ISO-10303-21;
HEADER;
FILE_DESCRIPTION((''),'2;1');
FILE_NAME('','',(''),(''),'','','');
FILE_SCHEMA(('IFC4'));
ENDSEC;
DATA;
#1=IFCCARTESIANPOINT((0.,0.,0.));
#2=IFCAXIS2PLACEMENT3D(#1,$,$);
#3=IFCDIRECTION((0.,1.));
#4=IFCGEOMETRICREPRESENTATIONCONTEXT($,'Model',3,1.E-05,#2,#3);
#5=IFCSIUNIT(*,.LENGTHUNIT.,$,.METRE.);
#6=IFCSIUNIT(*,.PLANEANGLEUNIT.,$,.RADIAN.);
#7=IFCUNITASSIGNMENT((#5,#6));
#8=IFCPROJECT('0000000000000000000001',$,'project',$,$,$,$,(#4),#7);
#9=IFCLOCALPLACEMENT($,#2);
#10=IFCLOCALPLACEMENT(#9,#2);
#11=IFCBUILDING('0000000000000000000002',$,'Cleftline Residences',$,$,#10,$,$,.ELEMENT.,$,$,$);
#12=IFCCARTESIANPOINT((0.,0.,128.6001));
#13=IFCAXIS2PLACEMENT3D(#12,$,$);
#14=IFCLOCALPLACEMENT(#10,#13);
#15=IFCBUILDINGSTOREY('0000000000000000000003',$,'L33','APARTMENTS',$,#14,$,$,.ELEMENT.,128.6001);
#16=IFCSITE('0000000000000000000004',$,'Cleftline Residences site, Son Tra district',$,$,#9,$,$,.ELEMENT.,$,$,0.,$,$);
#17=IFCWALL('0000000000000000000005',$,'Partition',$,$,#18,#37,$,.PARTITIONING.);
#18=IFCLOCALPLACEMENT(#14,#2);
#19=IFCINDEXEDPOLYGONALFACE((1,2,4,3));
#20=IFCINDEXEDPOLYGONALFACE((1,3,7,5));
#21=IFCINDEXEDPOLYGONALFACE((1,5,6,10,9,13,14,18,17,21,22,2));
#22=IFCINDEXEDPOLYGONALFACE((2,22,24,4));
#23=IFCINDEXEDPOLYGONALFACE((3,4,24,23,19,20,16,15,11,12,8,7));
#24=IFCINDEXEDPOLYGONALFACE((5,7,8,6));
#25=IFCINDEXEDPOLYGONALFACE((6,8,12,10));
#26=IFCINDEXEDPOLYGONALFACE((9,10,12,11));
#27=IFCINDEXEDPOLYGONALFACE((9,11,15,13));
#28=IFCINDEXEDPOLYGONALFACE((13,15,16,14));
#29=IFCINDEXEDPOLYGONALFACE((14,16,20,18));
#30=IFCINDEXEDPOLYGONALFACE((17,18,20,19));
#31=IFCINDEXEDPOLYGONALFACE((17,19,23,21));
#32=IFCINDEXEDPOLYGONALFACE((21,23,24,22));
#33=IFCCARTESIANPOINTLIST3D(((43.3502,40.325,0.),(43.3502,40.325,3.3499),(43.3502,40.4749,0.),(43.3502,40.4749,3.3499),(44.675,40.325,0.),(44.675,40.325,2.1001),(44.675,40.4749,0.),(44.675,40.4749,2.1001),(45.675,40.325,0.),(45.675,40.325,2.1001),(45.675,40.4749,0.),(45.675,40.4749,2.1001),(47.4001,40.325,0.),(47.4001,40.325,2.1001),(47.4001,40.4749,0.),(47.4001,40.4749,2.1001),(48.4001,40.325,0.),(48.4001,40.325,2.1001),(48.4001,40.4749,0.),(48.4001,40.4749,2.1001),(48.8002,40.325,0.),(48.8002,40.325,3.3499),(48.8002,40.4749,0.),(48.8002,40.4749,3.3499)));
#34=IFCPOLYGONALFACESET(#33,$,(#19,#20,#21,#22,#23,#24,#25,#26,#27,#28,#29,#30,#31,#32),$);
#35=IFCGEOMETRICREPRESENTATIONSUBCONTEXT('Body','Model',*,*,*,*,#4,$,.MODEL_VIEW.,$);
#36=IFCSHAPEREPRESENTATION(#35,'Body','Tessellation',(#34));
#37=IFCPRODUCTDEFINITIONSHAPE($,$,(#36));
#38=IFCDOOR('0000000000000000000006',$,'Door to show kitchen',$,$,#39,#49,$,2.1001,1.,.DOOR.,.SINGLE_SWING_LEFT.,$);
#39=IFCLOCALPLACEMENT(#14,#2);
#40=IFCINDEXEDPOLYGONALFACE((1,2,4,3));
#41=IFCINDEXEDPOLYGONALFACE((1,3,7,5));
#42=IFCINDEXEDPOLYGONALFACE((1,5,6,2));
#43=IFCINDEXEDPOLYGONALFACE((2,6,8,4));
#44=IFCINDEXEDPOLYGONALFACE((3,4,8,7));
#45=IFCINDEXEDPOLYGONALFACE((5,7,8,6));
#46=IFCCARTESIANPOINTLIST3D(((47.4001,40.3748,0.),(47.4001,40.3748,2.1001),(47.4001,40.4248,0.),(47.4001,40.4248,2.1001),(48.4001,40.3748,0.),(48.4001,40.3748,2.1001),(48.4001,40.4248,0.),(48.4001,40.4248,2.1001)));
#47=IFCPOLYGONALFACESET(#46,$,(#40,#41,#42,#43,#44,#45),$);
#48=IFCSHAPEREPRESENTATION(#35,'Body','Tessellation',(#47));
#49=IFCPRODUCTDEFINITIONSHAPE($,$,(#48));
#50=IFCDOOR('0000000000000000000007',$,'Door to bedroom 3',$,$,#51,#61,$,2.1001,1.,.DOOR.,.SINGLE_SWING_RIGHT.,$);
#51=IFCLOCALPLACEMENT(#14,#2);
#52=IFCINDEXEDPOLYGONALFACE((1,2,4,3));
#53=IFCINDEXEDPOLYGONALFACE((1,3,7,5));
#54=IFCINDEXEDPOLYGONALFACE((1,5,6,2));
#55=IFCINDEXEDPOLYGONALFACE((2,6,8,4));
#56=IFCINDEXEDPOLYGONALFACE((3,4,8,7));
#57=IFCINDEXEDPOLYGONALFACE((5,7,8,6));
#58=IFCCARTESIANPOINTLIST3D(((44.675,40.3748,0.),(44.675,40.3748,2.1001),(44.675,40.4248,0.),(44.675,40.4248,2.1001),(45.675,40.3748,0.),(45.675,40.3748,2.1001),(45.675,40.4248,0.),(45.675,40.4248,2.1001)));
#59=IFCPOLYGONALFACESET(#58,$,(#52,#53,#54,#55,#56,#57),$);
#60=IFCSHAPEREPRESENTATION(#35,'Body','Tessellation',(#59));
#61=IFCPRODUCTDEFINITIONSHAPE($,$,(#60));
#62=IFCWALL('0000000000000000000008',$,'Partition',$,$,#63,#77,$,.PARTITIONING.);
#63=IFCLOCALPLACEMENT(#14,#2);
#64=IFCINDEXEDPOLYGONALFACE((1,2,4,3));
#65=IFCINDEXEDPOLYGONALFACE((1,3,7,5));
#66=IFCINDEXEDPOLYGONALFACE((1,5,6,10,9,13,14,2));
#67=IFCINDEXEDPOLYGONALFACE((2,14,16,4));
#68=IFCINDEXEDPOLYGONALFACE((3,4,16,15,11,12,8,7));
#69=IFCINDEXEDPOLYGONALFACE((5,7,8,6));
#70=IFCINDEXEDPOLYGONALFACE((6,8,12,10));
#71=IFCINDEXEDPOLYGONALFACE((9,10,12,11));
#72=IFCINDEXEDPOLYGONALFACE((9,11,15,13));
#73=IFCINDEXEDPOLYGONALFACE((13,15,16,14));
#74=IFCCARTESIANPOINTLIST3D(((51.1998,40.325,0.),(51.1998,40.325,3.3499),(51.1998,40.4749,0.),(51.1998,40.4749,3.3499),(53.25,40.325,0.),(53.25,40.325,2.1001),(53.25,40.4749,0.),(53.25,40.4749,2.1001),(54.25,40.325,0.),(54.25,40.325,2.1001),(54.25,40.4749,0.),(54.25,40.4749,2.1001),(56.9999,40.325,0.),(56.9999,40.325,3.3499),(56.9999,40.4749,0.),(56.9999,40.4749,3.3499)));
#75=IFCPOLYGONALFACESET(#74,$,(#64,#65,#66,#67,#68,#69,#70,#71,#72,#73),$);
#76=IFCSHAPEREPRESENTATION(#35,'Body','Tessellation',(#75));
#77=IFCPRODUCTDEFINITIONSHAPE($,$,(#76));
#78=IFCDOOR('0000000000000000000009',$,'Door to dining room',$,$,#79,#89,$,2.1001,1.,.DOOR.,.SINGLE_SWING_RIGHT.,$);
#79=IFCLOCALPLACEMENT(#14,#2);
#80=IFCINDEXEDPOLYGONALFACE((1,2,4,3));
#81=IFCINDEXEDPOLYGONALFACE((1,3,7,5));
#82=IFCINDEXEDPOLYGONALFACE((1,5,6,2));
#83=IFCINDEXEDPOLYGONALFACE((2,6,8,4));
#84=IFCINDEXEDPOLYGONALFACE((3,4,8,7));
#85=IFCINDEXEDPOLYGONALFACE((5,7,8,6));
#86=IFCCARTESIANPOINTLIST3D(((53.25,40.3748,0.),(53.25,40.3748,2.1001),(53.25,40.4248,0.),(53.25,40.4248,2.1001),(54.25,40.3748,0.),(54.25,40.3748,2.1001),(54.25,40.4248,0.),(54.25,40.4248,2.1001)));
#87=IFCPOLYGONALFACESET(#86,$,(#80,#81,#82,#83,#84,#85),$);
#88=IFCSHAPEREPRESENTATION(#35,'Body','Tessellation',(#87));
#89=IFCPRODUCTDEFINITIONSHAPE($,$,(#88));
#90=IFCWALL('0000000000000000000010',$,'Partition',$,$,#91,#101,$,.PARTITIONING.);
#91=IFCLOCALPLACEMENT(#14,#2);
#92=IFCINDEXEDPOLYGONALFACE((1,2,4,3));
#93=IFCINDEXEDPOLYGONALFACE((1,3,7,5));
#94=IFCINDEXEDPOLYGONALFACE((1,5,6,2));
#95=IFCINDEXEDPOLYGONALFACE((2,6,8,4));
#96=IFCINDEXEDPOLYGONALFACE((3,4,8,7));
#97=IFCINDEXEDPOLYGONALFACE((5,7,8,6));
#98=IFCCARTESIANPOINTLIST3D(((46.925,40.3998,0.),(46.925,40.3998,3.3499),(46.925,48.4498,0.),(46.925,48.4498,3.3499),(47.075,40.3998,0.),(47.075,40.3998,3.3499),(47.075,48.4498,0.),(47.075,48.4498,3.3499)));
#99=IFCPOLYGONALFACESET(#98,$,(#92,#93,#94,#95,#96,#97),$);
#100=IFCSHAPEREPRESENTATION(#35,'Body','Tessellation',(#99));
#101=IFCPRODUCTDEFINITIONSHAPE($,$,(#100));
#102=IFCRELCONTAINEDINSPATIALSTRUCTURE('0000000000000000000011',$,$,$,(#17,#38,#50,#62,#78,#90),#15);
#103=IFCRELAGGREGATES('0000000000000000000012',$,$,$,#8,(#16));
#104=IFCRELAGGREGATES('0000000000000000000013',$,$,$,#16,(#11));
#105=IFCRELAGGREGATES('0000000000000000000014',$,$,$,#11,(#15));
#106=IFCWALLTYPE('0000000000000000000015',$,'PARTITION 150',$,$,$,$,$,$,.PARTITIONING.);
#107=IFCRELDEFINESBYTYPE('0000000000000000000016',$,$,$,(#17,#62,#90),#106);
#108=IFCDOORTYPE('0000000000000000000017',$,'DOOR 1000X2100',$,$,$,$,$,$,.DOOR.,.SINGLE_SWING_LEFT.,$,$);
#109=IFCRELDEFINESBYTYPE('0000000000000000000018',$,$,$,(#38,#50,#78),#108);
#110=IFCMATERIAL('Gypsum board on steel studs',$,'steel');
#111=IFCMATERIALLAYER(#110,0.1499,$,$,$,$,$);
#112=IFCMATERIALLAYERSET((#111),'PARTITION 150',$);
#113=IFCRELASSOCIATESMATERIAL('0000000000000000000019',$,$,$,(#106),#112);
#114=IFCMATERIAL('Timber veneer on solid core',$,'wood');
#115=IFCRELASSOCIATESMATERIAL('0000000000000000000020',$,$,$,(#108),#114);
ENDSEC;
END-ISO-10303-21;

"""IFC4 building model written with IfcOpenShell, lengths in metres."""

from ifc_helpers import new_model, si_unit, direction, frame, frame_2d, origin, place, context, subcontext, project, spatial, rectangle, extrude, material, layer, layer_set, type_object, element, fill, save


model = new_model("IFC4")

# Units and contexts
model_context = context("Model", 3, precision=1e-05, world=origin(), true_north=direction((0.0, 1.0)))
body_context = subcontext(model_context, "Body", "Model", "MODEL_VIEW")
ifc_project = project(units=[si_unit("LENGTHUNIT", "METRE"), si_unit("PLANEANGLEUNIT", "RADIAN")], contexts=[model_context])

# Site, building, storey
site_placement = place(None, origin())
site = spatial("IfcSite", under=ifc_project, at=site_placement, Name="Cleftline Residences site, Son Tra district", CompositionType="ELEMENT", RefElevation=0.0)
building_placement = place(site_placement, origin())
building = spatial("IfcBuilding", under=site, at=building_placement, Name="Cleftline Residences", CompositionType="ELEMENT")
storey_placement = place(building_placement, frame((0.0, 0.0, 128.6001)))
storey = spatial("IfcBuildingStorey", under=building, at=storey_placement, Name="L33", Description="APARTMENTS", CompositionType="ELEMENT", Elevation=128.6001)

# Wall, openings, doors
ifc_material_1 = material(Name="Gypsum board on steel studs", Category="steel")
ifc_layer_1 = layer(ifc_material_1, 0.1499)
ifc_layer_set_1 = layer_set([ifc_layer_1], Name="PARTITION 150")
wall_type = type_object("IfcWallType", Name="PARTITION 150", PredefinedType="PARTITIONING", material=ifc_layer_set_1)
ifc_material_2 = material(Name="Timber veneer on solid core", Category="wood")
door_type_1 = type_object("IfcDoorType", Name="DOOR 1000X2100", OperationType="SINGLE_SWING_LEFT", PredefinedType="DOOR", material=ifc_material_2)
wall_1_placement = place(storey_placement, frame((43.3501, 40.3999, 0.0), z_axis=(0.0, 0.0, 1.0), x_axis=(1.0, 0.0, 0.0)))
wall_1 = element("IfcWall", 1, at=wall_1_placement, inside=storey, type_object=wall_type, Name="Partition", PredefinedType="PARTITIONING", context=body_context, shape_type="SweptSolid", body=[
    extrude(rectangle(XDim=5.45, YDim=0.1499, at=frame_2d((2.7251, 0.0))), origin(), (0.0, 0.0, 1.0), 3.3499),
])
opening_1_placement = place(wall_1_placement, frame((4.05, 0.0, 0.0)))
opening_1 = element("IfcOpeningElement", 2, at=opening_1_placement, cuts=wall_1, PredefinedType="OPENING", context=body_context, shape_type="SweptSolid", body=[
    extrude(rectangle(XDim=1.0, YDim=2.1001, at=frame_2d((0.5, 1.05))), frame((0.0, 0.085, 0.0), z_axis=(0.0, -1.0, 0.0), x_axis=(1.0, 0.0, 0.0)), (0.0, 0.0, 1.0), 0.1699),
])
opening_2_placement = place(wall_1_placement, frame((1.325, 0.0, 0.0)))
opening_2 = element("IfcOpeningElement", 3, at=opening_2_placement, cuts=wall_1, PredefinedType="OPENING", context=body_context, shape_type="SweptSolid", body=[
    extrude(rectangle(XDim=1.0, YDim=2.1001, at=frame_2d((0.5, 1.05))), frame((0.0, 0.085, 0.0), z_axis=(0.0, -1.0, 0.0), x_axis=(1.0, 0.0, 0.0)), (0.0, 0.0, 1.0), 0.1699),
])
door_1_placement = place(opening_1_placement, origin())
door_1 = element("IfcDoor", 4, at=door_1_placement, inside=storey, type_object=door_type_1, Name="Door to show kitchen", OperationType="SINGLE_SWING_LEFT", OverallHeight=2.1001, OverallWidth=1.0, PredefinedType="DOOR", context=body_context, shape_type="SweptSolid", body=[
    extrude(rectangle(XDim=1.0, YDim=2.1001, at=frame_2d((0.5, 1.05))), frame((0.0, 0.0249, 0.0), z_axis=(0.0, -1.0, 0.0), x_axis=(1.0, 0.0, 0.0)), (0.0, 0.0, 1.0), 0.05),
])
fill(opening_1, door_1)
door_2_placement = place(opening_2_placement, origin())
door_2 = element("IfcDoor", 5, at=door_2_placement, inside=storey, type_object=door_type_1, Name="Door to bedroom 3", OperationType="SINGLE_SWING_RIGHT", OverallHeight=2.1001, OverallWidth=1.0, PredefinedType="DOOR", context=body_context, shape_type="SweptSolid", body=[
    extrude(rectangle(XDim=1.0, YDim=2.1001, at=frame_2d((0.5, 1.05))), frame((0.0, 0.0249, 0.0), z_axis=(0.0, -1.0, 0.0), x_axis=(1.0, 0.0, 0.0)), (0.0, 0.0, 1.0), 0.05),
])
fill(opening_2, door_2)

# Wall, opening, door
wall_2_placement = place(storey_placement, frame((51.2, 40.3999, 0.0), z_axis=(0.0, 0.0, 1.0), x_axis=(1.0, 0.0, 0.0)))
wall_2 = element("IfcWall", 6, at=wall_2_placement, inside=storey, type_object=wall_type, Name="Partition", PredefinedType="PARTITIONING", context=body_context, shape_type="SweptSolid", body=[
    extrude(rectangle(XDim=5.8, YDim=0.1499, at=frame_2d((2.8999, 0.0))), origin(), (0.0, 0.0, 1.0), 3.3499),
])
opening_3_placement = place(wall_2_placement, frame((2.05, 0.0, 0.0)))
opening_3 = element("IfcOpeningElement", 7, at=opening_3_placement, cuts=wall_2, PredefinedType="OPENING", context=body_context, shape_type="SweptSolid", body=[
    extrude(rectangle(XDim=1.0, YDim=2.1001, at=frame_2d((0.5, 1.05))), frame((0.0, 0.085, 0.0), z_axis=(0.0, -1.0, 0.0), x_axis=(1.0, 0.0, 0.0)), (0.0, 0.0, 1.0), 0.1699),
])
door_3_placement = place(opening_3_placement, origin())
door_3 = element("IfcDoor", 8, at=door_3_placement, inside=storey, type_object=door_type_1, Name="Door to dining room", OperationType="SINGLE_SWING_RIGHT", OverallHeight=2.1001, OverallWidth=1.0, PredefinedType="DOOR", context=body_context, shape_type="SweptSolid", body=[
    extrude(rectangle(XDim=1.0, YDim=2.1001, at=frame_2d((0.5, 1.05))), frame((0.0, 0.0249, 0.0), z_axis=(0.0, -1.0, 0.0), x_axis=(1.0, 0.0, 0.0)), (0.0, 0.0, 1.0), 0.05),
])
fill(opening_3, door_3)

# Wall
wall_3_placement = place(storey_placement, frame((47.0, 40.3999, 0.0), z_axis=(0.0, 0.0, 1.0), x_axis=(0.0, 1.0, 0.0)))
element("IfcWall", 9, at=wall_3_placement, inside=storey, type_object=wall_type, Name="Partition", PredefinedType="PARTITIONING", context=body_context, shape_type="SweptSolid", body=[
    extrude(rectangle(XDim=8.05, YDim=0.1499, at=frame_2d((4.0249, 0.0))), origin(), (0.0, 0.0, 1.0), 3.3499),
])

save(model, "model.ifc")
